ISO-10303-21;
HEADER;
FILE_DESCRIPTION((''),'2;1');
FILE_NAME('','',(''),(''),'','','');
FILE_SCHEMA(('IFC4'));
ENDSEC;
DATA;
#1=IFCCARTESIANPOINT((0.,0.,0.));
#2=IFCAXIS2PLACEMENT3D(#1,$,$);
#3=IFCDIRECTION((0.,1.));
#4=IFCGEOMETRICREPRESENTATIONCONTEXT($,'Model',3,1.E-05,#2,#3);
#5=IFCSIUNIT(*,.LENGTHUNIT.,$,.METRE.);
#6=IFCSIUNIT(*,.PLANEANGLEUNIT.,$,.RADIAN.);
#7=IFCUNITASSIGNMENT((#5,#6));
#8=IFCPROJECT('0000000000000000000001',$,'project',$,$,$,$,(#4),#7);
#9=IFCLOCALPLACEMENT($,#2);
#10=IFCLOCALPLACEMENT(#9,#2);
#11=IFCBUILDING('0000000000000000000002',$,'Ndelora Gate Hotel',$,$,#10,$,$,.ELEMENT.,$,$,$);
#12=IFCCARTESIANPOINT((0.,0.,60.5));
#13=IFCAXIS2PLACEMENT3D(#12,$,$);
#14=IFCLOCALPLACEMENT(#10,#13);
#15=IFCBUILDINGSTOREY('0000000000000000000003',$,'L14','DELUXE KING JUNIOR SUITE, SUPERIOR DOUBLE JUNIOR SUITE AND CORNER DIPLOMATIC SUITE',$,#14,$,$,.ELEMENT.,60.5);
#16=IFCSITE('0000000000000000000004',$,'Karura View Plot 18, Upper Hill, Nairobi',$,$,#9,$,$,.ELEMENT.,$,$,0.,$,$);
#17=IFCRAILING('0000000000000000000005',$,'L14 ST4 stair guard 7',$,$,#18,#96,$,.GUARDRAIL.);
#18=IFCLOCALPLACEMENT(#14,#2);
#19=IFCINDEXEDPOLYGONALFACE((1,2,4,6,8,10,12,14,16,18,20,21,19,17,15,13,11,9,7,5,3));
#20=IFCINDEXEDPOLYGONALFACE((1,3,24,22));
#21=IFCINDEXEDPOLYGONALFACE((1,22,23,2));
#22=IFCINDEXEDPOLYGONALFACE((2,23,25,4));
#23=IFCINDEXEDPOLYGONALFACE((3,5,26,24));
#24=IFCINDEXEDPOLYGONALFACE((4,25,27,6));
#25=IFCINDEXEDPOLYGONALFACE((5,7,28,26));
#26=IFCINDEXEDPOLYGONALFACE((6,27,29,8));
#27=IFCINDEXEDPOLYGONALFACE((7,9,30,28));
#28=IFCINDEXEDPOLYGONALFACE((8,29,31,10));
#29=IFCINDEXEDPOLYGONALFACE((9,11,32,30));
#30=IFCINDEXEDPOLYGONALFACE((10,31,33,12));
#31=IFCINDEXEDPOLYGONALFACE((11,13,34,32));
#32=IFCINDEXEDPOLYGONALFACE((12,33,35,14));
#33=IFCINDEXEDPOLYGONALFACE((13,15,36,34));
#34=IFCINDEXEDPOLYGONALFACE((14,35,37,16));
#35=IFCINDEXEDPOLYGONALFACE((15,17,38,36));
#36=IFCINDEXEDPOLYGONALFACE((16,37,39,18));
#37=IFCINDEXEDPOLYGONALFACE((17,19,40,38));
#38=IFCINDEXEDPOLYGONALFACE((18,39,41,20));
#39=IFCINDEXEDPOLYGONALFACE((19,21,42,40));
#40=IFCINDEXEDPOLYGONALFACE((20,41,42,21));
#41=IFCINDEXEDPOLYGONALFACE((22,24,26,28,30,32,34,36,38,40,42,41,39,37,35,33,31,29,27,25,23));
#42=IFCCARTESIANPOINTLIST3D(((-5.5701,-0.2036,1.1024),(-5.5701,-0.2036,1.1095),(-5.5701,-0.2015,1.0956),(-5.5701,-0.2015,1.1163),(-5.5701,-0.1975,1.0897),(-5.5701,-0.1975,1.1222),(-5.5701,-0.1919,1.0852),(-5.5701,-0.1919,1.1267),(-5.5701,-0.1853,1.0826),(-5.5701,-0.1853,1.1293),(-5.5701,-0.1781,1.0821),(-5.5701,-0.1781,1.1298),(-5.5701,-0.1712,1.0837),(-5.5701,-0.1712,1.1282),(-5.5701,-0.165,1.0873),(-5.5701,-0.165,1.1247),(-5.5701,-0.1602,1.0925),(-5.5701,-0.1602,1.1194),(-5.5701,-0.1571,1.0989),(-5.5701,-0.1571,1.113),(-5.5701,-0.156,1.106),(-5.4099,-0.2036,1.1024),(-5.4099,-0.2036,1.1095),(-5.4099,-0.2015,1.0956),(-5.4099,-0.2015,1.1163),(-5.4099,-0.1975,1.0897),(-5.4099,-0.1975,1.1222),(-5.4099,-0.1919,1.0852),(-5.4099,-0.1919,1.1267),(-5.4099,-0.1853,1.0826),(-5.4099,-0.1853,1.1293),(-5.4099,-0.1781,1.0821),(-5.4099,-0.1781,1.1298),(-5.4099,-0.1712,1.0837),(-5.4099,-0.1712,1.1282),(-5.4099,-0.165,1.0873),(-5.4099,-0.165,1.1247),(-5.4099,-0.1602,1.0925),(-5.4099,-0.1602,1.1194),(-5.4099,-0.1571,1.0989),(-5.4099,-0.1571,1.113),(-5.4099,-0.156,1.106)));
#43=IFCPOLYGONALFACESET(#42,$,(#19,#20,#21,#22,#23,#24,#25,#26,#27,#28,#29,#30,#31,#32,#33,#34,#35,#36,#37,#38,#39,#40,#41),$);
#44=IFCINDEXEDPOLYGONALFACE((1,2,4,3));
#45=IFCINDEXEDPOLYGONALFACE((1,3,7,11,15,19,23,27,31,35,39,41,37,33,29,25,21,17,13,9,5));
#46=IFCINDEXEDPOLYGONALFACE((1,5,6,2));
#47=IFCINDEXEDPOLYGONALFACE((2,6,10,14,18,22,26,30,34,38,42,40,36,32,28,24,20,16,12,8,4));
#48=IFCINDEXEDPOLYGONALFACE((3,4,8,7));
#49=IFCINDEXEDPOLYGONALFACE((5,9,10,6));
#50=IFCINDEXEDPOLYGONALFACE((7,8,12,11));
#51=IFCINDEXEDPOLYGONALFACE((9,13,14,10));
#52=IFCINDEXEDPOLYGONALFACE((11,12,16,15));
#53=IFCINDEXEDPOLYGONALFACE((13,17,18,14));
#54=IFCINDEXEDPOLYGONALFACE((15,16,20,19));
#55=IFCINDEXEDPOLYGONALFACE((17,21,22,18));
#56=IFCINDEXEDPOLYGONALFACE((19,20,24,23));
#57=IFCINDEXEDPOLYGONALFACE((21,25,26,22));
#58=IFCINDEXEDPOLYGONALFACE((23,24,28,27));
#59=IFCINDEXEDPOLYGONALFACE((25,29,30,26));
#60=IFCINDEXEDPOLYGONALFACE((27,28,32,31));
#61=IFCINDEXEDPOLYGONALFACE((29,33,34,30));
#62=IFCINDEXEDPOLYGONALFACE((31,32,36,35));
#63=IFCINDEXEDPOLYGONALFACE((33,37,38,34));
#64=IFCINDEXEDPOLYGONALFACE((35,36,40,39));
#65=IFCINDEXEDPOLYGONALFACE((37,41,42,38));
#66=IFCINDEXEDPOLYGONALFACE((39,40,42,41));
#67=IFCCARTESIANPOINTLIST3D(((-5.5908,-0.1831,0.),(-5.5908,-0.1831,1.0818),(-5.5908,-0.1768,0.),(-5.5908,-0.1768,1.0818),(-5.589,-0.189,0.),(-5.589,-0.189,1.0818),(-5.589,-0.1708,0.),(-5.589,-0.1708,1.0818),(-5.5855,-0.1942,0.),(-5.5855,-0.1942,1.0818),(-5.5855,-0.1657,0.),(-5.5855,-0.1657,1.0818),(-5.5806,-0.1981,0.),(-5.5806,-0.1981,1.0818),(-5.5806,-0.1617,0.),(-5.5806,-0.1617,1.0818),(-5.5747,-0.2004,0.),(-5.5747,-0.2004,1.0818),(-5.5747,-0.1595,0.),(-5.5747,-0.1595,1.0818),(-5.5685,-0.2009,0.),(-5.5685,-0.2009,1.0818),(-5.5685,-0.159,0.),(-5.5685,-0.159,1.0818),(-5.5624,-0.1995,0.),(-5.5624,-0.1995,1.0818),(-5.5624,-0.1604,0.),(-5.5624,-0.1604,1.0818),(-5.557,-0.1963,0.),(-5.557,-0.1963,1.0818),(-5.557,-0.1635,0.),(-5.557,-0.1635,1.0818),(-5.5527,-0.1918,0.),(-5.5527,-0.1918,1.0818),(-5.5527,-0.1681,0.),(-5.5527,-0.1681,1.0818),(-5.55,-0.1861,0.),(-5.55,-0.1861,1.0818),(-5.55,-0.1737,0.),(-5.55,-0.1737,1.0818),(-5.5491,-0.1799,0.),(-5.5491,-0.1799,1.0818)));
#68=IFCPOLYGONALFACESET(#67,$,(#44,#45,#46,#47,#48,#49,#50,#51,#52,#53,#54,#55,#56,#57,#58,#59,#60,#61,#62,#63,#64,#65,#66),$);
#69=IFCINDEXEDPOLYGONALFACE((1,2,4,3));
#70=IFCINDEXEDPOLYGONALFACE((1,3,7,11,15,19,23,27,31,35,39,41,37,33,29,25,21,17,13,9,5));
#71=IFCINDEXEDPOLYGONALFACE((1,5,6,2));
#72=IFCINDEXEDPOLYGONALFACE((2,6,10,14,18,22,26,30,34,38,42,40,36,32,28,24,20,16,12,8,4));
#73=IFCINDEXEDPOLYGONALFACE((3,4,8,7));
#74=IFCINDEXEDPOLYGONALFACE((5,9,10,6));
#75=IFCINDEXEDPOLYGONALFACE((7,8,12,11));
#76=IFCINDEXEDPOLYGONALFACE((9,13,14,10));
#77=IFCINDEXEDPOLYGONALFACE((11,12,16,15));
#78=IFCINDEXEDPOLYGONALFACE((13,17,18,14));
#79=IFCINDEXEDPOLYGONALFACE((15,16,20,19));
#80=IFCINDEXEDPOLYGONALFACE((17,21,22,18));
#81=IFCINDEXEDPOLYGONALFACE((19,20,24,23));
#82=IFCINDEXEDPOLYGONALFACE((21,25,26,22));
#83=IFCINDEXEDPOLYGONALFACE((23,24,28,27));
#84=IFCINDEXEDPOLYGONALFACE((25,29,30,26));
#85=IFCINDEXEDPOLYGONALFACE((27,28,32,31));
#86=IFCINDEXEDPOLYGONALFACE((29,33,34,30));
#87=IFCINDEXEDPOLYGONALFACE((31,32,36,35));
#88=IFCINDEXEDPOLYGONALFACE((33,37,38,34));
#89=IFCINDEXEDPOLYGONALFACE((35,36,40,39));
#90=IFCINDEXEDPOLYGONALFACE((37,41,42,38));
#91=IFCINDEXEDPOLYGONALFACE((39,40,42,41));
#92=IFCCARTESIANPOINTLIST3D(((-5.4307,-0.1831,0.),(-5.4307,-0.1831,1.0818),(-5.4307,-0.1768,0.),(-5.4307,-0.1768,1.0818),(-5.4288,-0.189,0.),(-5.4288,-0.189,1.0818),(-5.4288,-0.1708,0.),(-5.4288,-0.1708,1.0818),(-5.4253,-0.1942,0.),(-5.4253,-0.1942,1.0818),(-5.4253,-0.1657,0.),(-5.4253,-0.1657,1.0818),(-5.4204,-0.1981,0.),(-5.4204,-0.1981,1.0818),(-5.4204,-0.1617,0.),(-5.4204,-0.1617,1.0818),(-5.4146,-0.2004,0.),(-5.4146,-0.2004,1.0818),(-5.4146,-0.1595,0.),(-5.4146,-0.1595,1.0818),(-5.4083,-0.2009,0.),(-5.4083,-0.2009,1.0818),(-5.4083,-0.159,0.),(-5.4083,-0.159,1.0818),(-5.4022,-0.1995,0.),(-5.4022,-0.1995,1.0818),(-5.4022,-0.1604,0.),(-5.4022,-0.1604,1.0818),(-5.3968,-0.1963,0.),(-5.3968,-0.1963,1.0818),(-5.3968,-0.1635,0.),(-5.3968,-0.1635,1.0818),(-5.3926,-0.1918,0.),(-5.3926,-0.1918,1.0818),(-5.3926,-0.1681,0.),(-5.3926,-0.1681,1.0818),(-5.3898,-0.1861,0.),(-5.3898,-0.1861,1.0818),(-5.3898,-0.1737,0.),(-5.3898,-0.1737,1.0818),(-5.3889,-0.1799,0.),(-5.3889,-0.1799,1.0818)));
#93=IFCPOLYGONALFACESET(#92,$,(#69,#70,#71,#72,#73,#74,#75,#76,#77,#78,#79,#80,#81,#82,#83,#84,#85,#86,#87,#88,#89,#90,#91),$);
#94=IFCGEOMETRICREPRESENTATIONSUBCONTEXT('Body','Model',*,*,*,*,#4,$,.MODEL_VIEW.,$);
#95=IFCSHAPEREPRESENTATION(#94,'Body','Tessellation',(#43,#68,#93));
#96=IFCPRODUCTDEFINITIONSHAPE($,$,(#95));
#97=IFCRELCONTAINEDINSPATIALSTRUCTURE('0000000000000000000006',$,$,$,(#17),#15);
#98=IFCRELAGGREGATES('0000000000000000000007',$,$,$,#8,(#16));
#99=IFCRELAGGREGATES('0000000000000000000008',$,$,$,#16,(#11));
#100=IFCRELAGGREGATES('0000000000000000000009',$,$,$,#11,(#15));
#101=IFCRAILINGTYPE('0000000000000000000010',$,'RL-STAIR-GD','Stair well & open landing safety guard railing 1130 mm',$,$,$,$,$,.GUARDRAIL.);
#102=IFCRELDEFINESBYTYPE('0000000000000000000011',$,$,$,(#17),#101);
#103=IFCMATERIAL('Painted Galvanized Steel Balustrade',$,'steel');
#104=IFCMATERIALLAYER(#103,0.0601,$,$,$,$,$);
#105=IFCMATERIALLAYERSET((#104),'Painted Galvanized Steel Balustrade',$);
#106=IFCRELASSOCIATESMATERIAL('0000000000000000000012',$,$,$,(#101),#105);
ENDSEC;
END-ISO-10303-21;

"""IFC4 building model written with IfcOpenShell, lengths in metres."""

from ifc_helpers import new_model, si_unit, direction, frame, origin, origin_2d, place, context, subcontext, project, spatial, circle, extrude, material, layer, layer_set, type_object, element, save


model = new_model("IFC4")

# Units and contexts
model_context = context("Model", 3, precision=1e-05, world=origin(), true_north=direction((0.0, 1.0)))
body_context = subcontext(model_context, "Body", "Model", "MODEL_VIEW")
ifc_project = project(units=[si_unit("LENGTHUNIT", "METRE"), si_unit("PLANEANGLEUNIT", "RADIAN")], contexts=[model_context])

# Site, building, storey
site_placement = place(None, origin())
site = spatial("IfcSite", under=ifc_project, at=site_placement, Name="Karura View Plot 18, Upper Hill, Nairobi", CompositionType="ELEMENT", RefElevation=0.0)
building_placement = place(site_placement, origin())
building = spatial("IfcBuilding", under=site, at=building_placement, Name="Ndelora Gate Hotel", CompositionType="ELEMENT")
storey_placement = place(building_placement, frame((0.0, 0.0, 60.5)))
storey = spatial("IfcBuildingStorey", under=building, at=storey_placement, Name="L14", Description="DELUXE KING JUNIOR SUITE, SUPERIOR DOUBLE JUNIOR SUITE AND CORNER DIPLOMATIC SUITE", CompositionType="ELEMENT", Elevation=60.5)

# Railing
ifc_material_1 = material(Name="Painted Galvanized Steel Balustrade", Category="steel")
ifc_layer_1 = layer(ifc_material_1, 0.0601)
ifc_layer_set_1 = layer_set([ifc_layer_1], Name="Painted Galvanized Steel Balustrade")
railing_type_1 = type_object("IfcRailingType", Name="RL-STAIR-GD", Description="Stair well & open landing safety guard railing 1130 mm", PredefinedType="GUARDRAIL", material=ifc_layer_set_1)
railing_1_placement = place(storey_placement, frame((-5.5701, -0.1799, 0.0)))
element("IfcRailing", 1, at=railing_1_placement, inside=storey, type_object=railing_type_1, Name="L14 ST4 stair guard 7", PredefinedType="GUARDRAIL", context=body_context, shape_type="SweptSolid", body=[
    extrude(circle(Radius=0.0239, at=origin_2d()), frame((0.0, 0.0, 1.106), z_axis=(1.0, 0.0, 0.0), x_axis=(0.0, 1.0, 0.0)), (0.0, 0.0, 1.0), 0.1602),
    extrude(circle(Radius=0.021, at=origin_2d()), origin(), (0.0, 0.0, 1.0), 1.0818),
    extrude(circle(Radius=0.021, at=origin_2d()), frame((0.1602, 0.0, 0.0)), (0.0, 0.0, 1.0), 1.0818),
])

save(model, "model.ifc")
